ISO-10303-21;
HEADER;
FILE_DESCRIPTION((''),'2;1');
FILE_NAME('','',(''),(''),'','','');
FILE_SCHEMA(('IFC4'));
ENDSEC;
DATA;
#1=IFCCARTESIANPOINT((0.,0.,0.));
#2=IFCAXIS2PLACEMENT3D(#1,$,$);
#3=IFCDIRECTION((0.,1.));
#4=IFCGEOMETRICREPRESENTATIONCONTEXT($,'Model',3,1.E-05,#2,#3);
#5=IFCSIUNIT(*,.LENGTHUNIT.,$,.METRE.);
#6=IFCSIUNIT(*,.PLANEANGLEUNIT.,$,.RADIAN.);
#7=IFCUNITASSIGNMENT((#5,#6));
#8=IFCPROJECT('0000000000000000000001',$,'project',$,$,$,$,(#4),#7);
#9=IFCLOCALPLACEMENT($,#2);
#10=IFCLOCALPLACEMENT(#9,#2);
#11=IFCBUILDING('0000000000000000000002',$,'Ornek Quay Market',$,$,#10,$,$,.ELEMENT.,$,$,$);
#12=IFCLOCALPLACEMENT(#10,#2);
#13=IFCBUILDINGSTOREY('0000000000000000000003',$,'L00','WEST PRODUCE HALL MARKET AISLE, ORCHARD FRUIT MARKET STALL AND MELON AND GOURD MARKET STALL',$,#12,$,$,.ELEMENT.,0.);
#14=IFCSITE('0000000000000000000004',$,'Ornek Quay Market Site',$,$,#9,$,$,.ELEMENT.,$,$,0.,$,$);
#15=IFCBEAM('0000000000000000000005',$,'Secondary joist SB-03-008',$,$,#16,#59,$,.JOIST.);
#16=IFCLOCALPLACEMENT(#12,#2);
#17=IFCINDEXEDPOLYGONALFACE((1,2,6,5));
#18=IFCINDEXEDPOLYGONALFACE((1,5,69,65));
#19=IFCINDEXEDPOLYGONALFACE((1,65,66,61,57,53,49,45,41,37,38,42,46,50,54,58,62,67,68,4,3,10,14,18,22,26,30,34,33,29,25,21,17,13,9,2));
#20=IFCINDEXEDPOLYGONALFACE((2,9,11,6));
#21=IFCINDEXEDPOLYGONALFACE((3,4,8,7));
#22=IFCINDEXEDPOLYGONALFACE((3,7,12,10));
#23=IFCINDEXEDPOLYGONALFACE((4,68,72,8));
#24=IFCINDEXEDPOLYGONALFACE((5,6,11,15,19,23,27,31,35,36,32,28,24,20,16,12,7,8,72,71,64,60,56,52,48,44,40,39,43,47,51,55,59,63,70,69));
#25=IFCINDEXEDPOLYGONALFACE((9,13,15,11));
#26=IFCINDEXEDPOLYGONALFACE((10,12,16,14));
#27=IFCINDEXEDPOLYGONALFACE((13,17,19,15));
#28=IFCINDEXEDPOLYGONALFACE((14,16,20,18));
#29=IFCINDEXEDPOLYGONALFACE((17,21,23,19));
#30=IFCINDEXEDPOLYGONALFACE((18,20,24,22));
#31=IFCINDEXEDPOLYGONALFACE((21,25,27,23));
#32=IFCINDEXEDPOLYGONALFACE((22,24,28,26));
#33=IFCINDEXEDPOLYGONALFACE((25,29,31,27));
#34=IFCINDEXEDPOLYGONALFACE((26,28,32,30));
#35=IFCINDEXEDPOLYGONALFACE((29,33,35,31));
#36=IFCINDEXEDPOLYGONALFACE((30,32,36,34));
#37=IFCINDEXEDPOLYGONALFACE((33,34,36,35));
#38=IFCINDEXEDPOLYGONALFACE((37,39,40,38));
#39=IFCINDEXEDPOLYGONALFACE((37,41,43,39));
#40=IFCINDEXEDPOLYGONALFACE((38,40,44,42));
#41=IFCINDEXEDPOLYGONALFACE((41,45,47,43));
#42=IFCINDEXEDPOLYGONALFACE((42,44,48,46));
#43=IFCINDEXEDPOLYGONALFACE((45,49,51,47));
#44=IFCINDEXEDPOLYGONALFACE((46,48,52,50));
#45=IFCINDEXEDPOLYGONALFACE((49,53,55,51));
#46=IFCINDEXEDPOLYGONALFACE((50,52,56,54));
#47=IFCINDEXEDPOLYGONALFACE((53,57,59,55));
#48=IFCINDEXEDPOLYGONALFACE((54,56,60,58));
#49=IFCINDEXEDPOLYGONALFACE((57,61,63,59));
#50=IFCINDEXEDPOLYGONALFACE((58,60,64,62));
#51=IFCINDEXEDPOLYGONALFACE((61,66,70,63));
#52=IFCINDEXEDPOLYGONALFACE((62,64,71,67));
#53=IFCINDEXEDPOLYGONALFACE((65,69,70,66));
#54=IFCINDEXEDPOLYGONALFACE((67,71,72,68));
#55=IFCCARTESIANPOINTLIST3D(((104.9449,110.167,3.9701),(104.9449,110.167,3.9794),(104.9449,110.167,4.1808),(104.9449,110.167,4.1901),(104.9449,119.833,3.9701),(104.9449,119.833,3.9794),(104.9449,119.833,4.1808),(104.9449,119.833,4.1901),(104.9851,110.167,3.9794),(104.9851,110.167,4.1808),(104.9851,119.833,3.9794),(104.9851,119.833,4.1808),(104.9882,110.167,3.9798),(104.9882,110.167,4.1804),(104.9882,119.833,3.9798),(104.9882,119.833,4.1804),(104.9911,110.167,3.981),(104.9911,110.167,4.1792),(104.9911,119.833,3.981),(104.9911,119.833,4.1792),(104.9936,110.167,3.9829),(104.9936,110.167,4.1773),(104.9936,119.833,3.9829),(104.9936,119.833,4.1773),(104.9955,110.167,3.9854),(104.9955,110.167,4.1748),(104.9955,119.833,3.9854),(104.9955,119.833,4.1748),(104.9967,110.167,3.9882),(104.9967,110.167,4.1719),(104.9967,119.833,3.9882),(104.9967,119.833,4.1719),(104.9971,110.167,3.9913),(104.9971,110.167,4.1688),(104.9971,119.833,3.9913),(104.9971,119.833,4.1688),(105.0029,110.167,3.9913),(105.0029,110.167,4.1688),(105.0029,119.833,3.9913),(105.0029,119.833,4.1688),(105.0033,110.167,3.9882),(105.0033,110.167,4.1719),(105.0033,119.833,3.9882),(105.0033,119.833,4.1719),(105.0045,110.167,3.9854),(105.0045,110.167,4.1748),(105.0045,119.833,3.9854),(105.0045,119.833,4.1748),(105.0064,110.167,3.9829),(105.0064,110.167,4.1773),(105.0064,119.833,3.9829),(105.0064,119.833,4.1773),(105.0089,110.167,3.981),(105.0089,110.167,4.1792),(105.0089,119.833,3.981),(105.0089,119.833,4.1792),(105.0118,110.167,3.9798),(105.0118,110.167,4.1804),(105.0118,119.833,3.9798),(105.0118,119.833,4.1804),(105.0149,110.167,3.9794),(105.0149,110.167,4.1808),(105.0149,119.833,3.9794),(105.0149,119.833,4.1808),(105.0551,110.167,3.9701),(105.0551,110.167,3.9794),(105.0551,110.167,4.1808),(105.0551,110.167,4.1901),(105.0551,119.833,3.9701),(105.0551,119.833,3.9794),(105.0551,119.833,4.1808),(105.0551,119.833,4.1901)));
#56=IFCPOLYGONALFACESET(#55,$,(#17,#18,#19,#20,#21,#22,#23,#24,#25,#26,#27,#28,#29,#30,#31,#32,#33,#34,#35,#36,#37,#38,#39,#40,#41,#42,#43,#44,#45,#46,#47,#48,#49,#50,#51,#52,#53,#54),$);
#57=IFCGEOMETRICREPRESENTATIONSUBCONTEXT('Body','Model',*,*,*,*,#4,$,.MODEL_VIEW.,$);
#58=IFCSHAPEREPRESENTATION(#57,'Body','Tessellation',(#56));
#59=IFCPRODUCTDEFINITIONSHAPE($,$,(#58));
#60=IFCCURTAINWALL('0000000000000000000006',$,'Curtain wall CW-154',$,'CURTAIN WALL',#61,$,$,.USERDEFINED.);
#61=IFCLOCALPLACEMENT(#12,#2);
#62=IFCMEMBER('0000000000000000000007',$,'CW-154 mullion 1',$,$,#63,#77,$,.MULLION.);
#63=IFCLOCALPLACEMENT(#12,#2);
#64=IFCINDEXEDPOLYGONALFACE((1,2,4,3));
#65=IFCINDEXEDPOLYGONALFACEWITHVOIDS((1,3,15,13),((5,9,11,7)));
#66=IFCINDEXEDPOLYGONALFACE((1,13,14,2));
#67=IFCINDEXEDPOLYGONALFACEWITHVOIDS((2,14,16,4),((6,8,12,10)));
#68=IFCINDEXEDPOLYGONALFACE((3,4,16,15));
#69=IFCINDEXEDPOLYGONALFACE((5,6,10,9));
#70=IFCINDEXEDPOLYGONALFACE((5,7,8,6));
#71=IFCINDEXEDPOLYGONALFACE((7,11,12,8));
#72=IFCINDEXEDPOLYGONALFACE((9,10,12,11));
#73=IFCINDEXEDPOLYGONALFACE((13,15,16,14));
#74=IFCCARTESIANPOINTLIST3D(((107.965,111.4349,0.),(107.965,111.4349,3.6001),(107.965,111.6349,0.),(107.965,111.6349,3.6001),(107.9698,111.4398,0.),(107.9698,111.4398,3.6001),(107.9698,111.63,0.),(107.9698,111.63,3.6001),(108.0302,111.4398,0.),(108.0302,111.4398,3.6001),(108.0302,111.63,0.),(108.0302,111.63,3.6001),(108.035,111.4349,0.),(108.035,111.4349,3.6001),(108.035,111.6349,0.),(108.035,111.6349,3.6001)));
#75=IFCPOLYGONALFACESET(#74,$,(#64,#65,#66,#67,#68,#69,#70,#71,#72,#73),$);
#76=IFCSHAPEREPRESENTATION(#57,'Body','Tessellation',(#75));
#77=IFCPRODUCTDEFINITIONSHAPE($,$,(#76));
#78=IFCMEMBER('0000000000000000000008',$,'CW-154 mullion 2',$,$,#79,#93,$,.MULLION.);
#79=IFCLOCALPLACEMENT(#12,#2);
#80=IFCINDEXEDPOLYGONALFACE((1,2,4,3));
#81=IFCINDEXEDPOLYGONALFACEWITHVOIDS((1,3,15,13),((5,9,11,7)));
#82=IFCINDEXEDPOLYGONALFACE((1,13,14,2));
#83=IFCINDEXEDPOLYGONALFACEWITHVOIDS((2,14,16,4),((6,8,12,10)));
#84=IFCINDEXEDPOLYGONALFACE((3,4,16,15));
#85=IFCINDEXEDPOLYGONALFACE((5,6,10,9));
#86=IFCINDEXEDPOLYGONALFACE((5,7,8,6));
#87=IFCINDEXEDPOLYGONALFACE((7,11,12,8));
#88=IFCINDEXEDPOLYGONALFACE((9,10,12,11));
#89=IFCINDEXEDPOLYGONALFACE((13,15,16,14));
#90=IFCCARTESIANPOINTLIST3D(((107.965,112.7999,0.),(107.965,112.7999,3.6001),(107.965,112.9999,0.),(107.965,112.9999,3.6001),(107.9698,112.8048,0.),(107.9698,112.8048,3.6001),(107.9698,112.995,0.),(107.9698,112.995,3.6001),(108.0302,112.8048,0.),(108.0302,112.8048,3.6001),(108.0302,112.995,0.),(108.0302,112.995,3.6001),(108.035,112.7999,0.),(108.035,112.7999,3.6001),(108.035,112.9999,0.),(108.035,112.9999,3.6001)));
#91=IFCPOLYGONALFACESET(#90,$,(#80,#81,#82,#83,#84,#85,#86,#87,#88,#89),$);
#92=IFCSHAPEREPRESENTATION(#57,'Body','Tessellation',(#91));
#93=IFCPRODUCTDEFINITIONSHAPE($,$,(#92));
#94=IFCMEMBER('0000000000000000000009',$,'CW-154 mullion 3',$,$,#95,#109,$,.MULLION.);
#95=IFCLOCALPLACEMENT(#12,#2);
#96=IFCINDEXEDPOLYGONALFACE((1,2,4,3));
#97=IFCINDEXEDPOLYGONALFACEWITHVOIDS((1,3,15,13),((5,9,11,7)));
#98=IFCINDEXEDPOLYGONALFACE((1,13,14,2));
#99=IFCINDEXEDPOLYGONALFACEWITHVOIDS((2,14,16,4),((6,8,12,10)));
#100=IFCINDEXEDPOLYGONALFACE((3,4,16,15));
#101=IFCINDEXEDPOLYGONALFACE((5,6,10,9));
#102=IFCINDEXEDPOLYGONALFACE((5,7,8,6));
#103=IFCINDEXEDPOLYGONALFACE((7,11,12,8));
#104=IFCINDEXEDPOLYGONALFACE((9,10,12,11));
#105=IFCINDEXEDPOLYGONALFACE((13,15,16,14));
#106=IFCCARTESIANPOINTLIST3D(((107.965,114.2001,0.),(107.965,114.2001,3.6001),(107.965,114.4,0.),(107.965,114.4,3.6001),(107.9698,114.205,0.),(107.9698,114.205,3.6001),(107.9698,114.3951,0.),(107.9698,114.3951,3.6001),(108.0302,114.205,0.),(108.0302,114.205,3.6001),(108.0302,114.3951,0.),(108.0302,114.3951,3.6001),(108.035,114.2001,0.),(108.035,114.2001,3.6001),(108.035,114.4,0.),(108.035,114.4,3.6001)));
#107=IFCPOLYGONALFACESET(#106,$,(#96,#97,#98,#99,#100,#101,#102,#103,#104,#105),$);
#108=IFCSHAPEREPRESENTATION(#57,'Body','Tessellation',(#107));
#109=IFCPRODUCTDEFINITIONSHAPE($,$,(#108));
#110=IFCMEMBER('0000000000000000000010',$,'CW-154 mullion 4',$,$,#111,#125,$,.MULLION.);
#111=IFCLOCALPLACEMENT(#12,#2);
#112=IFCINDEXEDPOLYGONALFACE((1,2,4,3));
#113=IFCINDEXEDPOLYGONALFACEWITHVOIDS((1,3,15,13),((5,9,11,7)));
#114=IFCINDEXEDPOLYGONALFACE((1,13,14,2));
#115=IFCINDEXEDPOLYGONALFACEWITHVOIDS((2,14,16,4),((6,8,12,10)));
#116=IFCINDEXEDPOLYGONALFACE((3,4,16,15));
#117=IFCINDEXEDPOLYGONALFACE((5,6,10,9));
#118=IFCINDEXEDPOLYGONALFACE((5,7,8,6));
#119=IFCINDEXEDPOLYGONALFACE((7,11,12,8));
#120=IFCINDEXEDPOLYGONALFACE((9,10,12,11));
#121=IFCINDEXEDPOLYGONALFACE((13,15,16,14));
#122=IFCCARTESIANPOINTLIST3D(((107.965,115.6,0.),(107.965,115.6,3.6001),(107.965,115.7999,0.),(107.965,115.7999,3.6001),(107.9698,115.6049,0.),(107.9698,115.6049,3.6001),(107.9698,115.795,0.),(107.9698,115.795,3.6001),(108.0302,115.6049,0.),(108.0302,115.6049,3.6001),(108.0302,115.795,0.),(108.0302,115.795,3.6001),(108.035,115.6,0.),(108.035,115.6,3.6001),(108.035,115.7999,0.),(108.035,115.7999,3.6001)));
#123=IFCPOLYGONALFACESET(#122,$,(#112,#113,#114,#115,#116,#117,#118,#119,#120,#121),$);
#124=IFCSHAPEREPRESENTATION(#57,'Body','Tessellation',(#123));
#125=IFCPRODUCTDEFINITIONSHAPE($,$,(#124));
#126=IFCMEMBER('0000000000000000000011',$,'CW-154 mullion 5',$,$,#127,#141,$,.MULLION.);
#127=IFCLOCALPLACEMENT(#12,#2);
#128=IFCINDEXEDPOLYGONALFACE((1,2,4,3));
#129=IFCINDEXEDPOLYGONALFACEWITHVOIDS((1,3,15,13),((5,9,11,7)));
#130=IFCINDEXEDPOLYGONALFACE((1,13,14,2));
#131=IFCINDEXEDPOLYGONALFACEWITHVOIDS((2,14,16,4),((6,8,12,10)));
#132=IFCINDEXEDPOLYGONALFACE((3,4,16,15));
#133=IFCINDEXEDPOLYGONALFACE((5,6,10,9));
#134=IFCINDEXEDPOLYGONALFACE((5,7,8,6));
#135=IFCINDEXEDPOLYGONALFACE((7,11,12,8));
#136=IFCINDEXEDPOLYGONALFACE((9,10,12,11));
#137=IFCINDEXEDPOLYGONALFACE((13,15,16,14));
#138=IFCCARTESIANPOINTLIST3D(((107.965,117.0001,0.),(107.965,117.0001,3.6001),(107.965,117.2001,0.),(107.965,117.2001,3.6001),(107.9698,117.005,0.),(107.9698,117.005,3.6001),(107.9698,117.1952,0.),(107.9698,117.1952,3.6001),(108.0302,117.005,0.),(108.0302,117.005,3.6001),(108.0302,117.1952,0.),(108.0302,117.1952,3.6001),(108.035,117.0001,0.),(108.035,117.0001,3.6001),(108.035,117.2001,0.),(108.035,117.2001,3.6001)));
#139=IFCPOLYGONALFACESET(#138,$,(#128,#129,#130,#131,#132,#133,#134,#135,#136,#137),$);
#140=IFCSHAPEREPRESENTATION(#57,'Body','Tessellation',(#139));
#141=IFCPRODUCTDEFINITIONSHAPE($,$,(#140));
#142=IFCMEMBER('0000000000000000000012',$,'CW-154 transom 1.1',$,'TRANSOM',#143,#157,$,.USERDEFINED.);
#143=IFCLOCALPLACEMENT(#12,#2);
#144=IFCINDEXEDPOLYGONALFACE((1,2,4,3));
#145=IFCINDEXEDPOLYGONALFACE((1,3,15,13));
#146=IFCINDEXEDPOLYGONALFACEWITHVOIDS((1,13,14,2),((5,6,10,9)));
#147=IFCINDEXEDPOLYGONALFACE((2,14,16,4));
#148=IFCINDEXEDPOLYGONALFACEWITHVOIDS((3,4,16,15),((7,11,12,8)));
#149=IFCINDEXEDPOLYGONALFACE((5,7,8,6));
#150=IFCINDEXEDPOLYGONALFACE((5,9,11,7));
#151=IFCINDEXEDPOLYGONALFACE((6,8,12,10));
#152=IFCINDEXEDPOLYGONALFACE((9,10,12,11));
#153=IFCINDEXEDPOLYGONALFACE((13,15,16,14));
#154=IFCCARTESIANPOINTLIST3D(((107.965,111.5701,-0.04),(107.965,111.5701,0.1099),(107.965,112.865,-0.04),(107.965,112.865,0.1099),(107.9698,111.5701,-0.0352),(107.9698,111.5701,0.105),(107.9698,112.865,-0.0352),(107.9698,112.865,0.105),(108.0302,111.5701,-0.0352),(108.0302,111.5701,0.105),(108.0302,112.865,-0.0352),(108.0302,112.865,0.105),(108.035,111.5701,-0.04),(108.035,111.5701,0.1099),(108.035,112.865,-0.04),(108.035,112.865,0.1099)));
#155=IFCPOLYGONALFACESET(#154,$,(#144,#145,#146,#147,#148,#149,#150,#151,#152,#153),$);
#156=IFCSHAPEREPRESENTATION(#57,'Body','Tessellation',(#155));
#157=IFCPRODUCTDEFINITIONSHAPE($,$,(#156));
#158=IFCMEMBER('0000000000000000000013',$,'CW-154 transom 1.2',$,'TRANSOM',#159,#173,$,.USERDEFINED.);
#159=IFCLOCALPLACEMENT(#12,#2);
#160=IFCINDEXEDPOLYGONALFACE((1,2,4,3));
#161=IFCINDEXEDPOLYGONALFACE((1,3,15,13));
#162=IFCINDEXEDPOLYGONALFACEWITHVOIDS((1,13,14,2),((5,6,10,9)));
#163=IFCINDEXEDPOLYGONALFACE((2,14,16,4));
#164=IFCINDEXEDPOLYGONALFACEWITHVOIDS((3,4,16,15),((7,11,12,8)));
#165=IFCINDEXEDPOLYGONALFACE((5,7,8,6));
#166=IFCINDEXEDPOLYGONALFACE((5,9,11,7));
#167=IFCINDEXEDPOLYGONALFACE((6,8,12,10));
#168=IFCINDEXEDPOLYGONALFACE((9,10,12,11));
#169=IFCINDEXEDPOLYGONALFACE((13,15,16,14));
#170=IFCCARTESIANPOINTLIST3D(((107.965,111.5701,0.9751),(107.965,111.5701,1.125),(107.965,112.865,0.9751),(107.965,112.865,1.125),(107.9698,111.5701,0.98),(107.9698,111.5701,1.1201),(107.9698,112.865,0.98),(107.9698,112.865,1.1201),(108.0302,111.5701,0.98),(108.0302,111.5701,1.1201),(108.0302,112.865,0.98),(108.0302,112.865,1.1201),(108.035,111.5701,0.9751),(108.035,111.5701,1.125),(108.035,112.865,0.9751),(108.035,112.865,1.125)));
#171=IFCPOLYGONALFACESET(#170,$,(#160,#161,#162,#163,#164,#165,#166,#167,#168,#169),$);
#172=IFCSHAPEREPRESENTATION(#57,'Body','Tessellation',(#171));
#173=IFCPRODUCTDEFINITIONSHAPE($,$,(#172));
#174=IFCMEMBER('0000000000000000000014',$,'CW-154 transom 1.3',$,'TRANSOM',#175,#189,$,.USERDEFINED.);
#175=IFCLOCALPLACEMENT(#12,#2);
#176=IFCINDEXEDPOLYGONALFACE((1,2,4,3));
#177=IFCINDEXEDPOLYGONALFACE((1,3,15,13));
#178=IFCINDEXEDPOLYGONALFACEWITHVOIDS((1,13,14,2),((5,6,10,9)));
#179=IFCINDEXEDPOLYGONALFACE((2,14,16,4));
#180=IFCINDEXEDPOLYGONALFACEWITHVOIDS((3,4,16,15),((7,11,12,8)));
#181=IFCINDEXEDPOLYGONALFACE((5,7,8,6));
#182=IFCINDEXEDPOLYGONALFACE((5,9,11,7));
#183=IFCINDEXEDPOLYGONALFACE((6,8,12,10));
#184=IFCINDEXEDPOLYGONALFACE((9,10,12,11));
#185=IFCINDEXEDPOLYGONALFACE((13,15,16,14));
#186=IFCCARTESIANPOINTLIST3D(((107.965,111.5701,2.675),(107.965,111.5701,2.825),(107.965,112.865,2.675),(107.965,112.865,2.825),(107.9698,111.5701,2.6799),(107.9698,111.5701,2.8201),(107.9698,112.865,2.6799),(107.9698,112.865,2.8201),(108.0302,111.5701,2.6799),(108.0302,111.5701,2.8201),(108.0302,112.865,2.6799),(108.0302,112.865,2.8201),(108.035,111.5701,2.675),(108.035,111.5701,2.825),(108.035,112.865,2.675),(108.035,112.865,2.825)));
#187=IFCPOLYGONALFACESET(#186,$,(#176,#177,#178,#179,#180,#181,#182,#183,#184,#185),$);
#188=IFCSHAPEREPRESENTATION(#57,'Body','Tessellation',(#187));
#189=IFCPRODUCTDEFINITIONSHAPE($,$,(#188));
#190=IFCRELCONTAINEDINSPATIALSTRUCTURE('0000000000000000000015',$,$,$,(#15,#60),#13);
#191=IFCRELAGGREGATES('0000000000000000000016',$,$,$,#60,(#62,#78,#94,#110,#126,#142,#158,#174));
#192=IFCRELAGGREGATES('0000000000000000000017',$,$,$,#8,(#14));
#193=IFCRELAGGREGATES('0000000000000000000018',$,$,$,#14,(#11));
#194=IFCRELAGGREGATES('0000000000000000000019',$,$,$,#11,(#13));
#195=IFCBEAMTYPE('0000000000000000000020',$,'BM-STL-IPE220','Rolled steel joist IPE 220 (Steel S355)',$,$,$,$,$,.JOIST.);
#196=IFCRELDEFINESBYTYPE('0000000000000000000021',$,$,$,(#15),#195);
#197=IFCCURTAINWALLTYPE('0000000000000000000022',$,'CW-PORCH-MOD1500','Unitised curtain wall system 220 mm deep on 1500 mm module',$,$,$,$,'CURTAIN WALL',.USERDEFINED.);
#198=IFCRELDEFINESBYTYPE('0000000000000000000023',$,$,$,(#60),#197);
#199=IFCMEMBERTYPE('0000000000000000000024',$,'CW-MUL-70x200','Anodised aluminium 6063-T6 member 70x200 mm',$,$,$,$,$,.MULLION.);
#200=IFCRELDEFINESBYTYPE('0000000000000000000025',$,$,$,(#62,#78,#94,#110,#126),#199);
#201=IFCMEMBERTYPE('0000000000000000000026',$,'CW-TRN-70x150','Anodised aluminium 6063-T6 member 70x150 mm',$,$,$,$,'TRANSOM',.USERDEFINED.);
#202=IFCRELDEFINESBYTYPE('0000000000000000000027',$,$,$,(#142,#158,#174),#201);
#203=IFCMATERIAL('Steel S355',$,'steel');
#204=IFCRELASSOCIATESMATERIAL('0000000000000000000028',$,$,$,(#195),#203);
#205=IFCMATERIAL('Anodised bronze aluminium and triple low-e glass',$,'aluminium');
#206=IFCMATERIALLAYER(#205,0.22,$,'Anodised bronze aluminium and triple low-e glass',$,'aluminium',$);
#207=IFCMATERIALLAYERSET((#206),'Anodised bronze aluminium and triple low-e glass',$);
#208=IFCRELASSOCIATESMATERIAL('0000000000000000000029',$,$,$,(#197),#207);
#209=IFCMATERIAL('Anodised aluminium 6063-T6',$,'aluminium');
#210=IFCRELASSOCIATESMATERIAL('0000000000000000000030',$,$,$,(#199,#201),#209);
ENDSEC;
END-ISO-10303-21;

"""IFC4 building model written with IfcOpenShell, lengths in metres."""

from ifc_helpers import new_model, si_unit, direction, frame, origin, origin_2d, place, context, subcontext, project, spatial, hollow_rectangle, i_section, extrude, material, layer, layer_set, material_profile, profile_set, type_object, element, aggregate, save


model = new_model("IFC4")

# Units and contexts
model_context = context("Model", 3, precision=1e-05, world=origin(), true_north=direction((0.0, 1.0)))
body_context = subcontext(model_context, "Body", "Model", "MODEL_VIEW")
ifc_project = project(units=[si_unit("LENGTHUNIT", "METRE"), si_unit("PLANEANGLEUNIT", "RADIAN")], contexts=[model_context])

# Site, building, storey
site_placement = place(None, origin())
site = spatial("IfcSite", under=ifc_project, at=site_placement, Name="Ornek Quay Market Site", CompositionType="ELEMENT", RefElevation=0.0)
building_placement = place(site_placement, origin())
building = spatial("IfcBuilding", under=site, at=building_placement, Name="Ornek Quay Market", CompositionType="ELEMENT")
storey_placement = place(building_placement, origin())
storey = spatial("IfcBuildingStorey", under=building, at=storey_placement, Name="L00", Description="WEST PRODUCE HALL MARKET AISLE, ORCHARD FRUIT MARKET STALL AND MELON AND GOURD MARKET STALL", CompositionType="ELEMENT", Elevation=0.0)

# Beam
ifc_material_1 = material(Name="Steel S355", Category="steel")
ifc_material_profile_1 = material_profile(ifc_material_1, i_section(OverallWidth=0.1101, OverallDepth=0.22, WebThickness=0.0059, FlangeThickness=0.0093, FilletRadius=0.012, at=origin_2d()), Name="IPE 220", Category="steel")
ifc_profile_set_1 = profile_set([ifc_material_profile_1], Name="Steel S355")
beam_type = type_object("IfcBeamType", Name="BM-STL-IPE220", Description="Rolled steel joist IPE 220 (Steel S355)", PredefinedType="JOIST", material=ifc_profile_set_1)
beam_placement = place(storey_placement, frame((105.0, 110.167, 4.0801), z_axis=(0.0, 1.0, 0.0), x_axis=(-1.0, 0.0, 0.0)))
element("IfcBeam", 1, at=beam_placement, inside=storey, type_object=beam_type, Name="Secondary joist SB-03-008", PredefinedType="JOIST", context=body_context, shape_type="SweptSolid", body=[
    extrude(i_section(OverallWidth=0.1101, OverallDepth=0.22, WebThickness=0.0059, FlangeThickness=0.0093, FilletRadius=0.012, at=origin_2d()), origin(), (0.0, 0.0, 1.0), 9.666),
])

# Curtain wall, members
ifc_material_2 = material(Name="Anodised bronze aluminium and triple low-e glass", Category="aluminium")
ifc_layer_1 = layer(ifc_material_2, 0.22, Name="Anodised bronze aluminium and triple low-e glass", Category="aluminium")
ifc_layer_set_1 = layer_set([ifc_layer_1], Name="Anodised bronze aluminium and triple low-e glass")
curtain_wall_type = type_object("IfcCurtainWallType", Name="CW-PORCH-MOD1500", Description="Unitised curtain wall system 220 mm deep on 1500 mm module", ElementType="CURTAIN WALL", PredefinedType="USERDEFINED", material=ifc_layer_set_1)
curtain_wall_placement = place(storey_placement, origin())
curtain_wall = element("IfcCurtainWall", 2, at=curtain_wall_placement, inside=storey, type_object=curtain_wall_type, Name="Curtain wall CW-154", ObjectType="CURTAIN WALL", PredefinedType="USERDEFINED")
ifc_material_3 = material(Name="Anodised aluminium 6063-T6", Category="aluminium")
ifc_material_profile_2 = material_profile(ifc_material_3, hollow_rectangle(XDim=0.0701, YDim=0.2, WallThickness=0.0049, at=origin_2d()), Name="CW-MUL-70x200", Category="aluminium")
ifc_profile_set_2 = profile_set([ifc_material_profile_2], Name="Anodised aluminium 6063-T6")
member_type_1 = type_object("IfcMemberType", Name="CW-MUL-70x200", Description="Anodised aluminium 6063-T6 member 70x200 mm", PredefinedType="MULLION", material=ifc_profile_set_2)
member_1_placement = place(storey_placement, frame((108.0, 111.5349, 0.0), z_axis=(0.0, 0.0, 1.0), x_axis=(-1.0, 0.0, 0.0)))
member_1 = element("IfcMember", 3, at=member_1_placement, type_object=member_type_1, Name="CW-154 mullion 1", PredefinedType="MULLION", context=body_context, shape_type="SweptSolid", body=[
    extrude(hollow_rectangle(XDim=0.0701, YDim=0.2, WallThickness=0.0049, at=origin_2d()), origin(), (0.0, 0.0, 1.0), 3.6001),
])
member_2_placement = place(storey_placement, frame((108.0, 112.8999, 0.0), z_axis=(0.0, 0.0, 1.0), x_axis=(-1.0, 0.0, 0.0)))
member_2 = element("IfcMember", 4, at=member_2_placement, type_object=member_type_1, Name="CW-154 mullion 2", PredefinedType="MULLION", context=body_context, shape_type="SweptSolid", body=[
    extrude(hollow_rectangle(XDim=0.0701, YDim=0.2, WallThickness=0.0049, at=origin_2d()), origin(), (0.0, 0.0, 1.0), 3.6001),
])
member_3_placement = place(storey_placement, frame((108.0, 114.3, 0.0), z_axis=(0.0, 0.0, 1.0), x_axis=(-1.0, 0.0, 0.0)))
member_3 = element("IfcMember", 5, at=member_3_placement, type_object=member_type_1, Name="CW-154 mullion 3", PredefinedType="MULLION", context=body_context, shape_type="SweptSolid", body=[
    extrude(hollow_rectangle(XDim=0.0701, YDim=0.2, WallThickness=0.0049, at=origin_2d()), origin(), (0.0, 0.0, 1.0), 3.6001),
])
member_4_placement = place(storey_placement, frame((108.0, 115.7, 0.0), z_axis=(0.0, 0.0, 1.0), x_axis=(-1.0, 0.0, 0.0)))
member_4 = element("IfcMember", 6, at=member_4_placement, type_object=member_type_1, Name="CW-154 mullion 4", PredefinedType="MULLION", context=body_context, shape_type="SweptSolid", body=[
    extrude(hollow_rectangle(XDim=0.0701, YDim=0.2, WallThickness=0.0049, at=origin_2d()), origin(), (0.0, 0.0, 1.0), 3.6001),
])
member_5_placement = place(storey_placement, frame((108.0, 117.1001, 0.0), z_axis=(0.0, 0.0, 1.0), x_axis=(-1.0, 0.0, 0.0)))
member_5 = element("IfcMember", 7, at=member_5_placement, type_object=member_type_1, Name="CW-154 mullion 5", PredefinedType="MULLION", context=body_context, shape_type="SweptSolid", body=[
    extrude(hollow_rectangle(XDim=0.0701, YDim=0.2, WallThickness=0.0049, at=origin_2d()), origin(), (0.0, 0.0, 1.0), 3.6001),
])
ifc_material_profile_3 = material_profile(ifc_material_3, hollow_rectangle(XDim=0.0701, YDim=0.1499, WallThickness=0.0049, at=origin_2d()), Name="CW-TRN-70x150", Category="aluminium")
ifc_profile_set_3 = profile_set([ifc_material_profile_3], Name="Anodised aluminium 6063-T6")
member_type_2 = type_object("IfcMemberType", Name="CW-TRN-70x150", Description="Anodised aluminium 6063-T6 member 70x150 mm", ElementType="TRANSOM", PredefinedType="USERDEFINED", material=ifc_profile_set_3)
member_6_placement = place(storey_placement, frame((108.0, 111.5701, 0.0349), z_axis=(0.0, 1.0, 0.0), x_axis=(-1.0, 0.0, 0.0)))
member_6 = element("IfcMember", 8, at=member_6_placement, type_object=member_type_2, Name="CW-154 transom 1.1", ObjectType="TRANSOM", PredefinedType="USERDEFINED", context=body_context, shape_type="SweptSolid", body=[
    extrude(hollow_rectangle(XDim=0.0701, YDim=0.1499, WallThickness=0.0049, at=origin_2d()), origin(), (0.0, 0.0, 1.0), 1.2949),
])
member_7_placement = place(storey_placement, frame((108.0, 111.5701, 1.05), z_axis=(0.0, 1.0, 0.0), x_axis=(-1.0, 0.0, 0.0)))
member_7 = element("IfcMember", 9, at=member_7_placement, type_object=member_type_2, Name="CW-154 transom 1.2", ObjectType="TRANSOM", PredefinedType="USERDEFINED", context=body_context, shape_type="SweptSolid", body=[
    extrude(hollow_rectangle(XDim=0.0701, YDim=0.1499, WallThickness=0.0049, at=origin_2d()), origin(), (0.0, 0.0, 1.0), 1.2949),
])
member_8_placement = place(storey_placement, frame((108.0, 111.5701, 2.75), z_axis=(0.0, 1.0, 0.0), x_axis=(-1.0, 0.0, 0.0)))
member_8 = element("IfcMember", 10, at=member_8_placement, type_object=member_type_2, Name="CW-154 transom 1.3", ObjectType="TRANSOM", PredefinedType="USERDEFINED", context=body_context, shape_type="SweptSolid", body=[
    extrude(hollow_rectangle(XDim=0.0701, YDim=0.1499, WallThickness=0.0049, at=origin_2d()), origin(), (0.0, 0.0, 1.0), 1.2949),
])
aggregate(curtain_wall, [member_1, member_2, member_3, member_4, member_5, member_6, member_7, member_8])

save(model, "model.ifc")
